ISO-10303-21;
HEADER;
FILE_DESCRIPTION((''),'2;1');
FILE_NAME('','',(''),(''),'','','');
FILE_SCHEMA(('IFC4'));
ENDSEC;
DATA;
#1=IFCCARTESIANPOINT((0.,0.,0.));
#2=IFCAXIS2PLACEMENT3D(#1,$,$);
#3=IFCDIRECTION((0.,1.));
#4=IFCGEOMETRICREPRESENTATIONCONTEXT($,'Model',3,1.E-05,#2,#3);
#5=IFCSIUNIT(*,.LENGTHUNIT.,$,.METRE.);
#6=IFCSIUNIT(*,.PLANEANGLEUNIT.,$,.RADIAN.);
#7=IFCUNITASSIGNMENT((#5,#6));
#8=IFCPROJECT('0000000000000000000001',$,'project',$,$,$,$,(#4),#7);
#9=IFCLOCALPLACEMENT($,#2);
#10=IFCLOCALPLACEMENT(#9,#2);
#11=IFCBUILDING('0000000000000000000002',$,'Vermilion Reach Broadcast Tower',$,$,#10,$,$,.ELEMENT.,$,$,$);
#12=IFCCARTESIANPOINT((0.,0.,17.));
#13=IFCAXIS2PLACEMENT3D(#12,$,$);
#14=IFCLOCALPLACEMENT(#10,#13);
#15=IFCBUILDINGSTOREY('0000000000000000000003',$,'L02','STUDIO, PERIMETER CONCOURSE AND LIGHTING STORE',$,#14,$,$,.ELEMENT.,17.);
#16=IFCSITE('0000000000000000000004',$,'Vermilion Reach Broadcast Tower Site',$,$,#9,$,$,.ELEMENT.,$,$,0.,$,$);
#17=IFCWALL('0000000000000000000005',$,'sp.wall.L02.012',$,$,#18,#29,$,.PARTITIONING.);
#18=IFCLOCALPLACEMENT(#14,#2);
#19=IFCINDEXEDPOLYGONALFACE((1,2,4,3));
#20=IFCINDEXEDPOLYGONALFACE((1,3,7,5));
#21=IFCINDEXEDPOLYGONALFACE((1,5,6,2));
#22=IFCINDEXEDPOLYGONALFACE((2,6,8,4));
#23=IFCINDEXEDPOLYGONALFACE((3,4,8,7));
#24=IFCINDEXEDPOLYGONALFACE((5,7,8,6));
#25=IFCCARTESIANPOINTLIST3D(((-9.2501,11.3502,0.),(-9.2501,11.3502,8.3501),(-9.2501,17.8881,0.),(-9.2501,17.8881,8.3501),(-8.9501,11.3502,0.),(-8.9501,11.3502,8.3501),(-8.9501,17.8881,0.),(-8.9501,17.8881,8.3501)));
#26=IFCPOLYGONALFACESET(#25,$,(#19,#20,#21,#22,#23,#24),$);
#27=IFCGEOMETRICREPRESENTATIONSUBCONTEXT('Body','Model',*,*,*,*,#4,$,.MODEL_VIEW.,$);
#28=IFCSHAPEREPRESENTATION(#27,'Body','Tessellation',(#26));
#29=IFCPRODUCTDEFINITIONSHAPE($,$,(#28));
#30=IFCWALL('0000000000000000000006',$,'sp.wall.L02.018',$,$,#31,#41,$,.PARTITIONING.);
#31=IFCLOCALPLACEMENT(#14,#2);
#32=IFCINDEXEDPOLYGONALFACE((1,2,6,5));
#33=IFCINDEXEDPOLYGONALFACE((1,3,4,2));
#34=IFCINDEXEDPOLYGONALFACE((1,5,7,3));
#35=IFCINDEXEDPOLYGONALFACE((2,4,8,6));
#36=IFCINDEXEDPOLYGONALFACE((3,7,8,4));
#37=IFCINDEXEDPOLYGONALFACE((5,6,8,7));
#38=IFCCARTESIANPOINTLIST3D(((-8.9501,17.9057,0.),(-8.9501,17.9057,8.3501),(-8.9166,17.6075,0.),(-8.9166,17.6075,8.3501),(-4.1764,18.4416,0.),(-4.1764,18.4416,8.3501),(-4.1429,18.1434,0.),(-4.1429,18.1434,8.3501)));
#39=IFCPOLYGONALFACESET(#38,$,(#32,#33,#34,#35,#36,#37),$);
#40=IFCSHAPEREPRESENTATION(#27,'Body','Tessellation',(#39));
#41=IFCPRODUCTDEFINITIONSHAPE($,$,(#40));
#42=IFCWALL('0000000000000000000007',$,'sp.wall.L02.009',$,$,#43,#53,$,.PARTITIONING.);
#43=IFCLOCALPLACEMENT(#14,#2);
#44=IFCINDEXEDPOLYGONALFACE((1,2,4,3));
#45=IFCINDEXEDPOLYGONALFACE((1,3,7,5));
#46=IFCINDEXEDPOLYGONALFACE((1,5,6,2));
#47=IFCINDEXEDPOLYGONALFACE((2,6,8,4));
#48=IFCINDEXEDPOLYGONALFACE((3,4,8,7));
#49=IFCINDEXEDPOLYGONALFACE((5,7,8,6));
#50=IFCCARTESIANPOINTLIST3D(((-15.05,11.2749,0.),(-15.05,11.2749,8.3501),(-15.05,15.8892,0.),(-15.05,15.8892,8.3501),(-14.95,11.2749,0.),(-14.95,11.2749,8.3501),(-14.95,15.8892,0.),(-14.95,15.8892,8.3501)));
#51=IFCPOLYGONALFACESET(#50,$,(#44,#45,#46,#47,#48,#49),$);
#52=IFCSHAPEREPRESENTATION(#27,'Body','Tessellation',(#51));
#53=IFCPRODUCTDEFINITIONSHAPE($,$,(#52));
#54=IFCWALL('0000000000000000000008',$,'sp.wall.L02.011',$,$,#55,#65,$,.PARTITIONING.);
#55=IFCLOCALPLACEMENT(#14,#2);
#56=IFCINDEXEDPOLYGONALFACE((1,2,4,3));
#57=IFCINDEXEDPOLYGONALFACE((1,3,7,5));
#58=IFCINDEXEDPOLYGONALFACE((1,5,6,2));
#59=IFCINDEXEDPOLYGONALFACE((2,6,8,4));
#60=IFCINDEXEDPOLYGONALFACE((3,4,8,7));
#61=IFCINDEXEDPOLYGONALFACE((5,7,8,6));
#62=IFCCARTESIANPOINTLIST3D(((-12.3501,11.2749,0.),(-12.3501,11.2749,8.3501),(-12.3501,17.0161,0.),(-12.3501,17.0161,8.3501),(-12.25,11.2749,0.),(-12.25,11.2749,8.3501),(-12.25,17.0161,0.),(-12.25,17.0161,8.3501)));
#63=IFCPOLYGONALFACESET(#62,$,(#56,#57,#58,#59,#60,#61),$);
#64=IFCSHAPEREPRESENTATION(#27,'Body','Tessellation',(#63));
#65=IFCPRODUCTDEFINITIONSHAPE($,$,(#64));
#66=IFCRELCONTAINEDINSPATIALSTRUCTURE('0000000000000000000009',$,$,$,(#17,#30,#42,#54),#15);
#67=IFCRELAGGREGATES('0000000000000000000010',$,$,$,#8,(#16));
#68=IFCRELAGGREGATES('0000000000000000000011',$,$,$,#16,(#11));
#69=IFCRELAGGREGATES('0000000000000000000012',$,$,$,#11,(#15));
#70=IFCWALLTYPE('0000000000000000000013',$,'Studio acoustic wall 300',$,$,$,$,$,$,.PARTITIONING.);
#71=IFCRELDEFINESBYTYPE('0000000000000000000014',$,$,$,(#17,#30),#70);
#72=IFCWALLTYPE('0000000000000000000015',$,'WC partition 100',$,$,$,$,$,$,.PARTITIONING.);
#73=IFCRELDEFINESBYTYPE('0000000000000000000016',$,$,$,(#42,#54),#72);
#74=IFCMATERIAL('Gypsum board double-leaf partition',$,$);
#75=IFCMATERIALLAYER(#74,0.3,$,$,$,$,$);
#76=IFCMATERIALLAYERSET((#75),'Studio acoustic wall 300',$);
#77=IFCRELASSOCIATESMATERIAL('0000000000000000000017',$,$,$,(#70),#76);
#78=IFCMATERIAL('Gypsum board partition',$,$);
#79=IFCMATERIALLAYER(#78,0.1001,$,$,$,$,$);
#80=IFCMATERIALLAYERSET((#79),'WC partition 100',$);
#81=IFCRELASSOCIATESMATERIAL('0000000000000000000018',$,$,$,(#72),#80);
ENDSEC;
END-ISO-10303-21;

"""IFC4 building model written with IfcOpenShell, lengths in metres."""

from ifc_helpers import new_model, si_unit, direction, frame, frame_2d, origin, place, context, subcontext, project, spatial, rectangle, extrude, material, layer, layer_set, type_object, element, save


model = new_model("IFC4")

# Units and contexts
model_context = context("Model", 3, precision=1e-05, world=origin(), true_north=direction((0.0, 1.0)))
body_context = subcontext(model_context, "Body", "Model", "MODEL_VIEW")
ifc_project = project(units=[si_unit("LENGTHUNIT", "METRE"), si_unit("PLANEANGLEUNIT", "RADIAN")], contexts=[model_context])

# Site, building, storey
site_placement = place(None, origin())
site = spatial("IfcSite", under=ifc_project, at=site_placement, Name="Vermilion Reach Broadcast Tower Site", CompositionType="ELEMENT", RefElevation=0.0)
building_placement = place(site_placement, origin())
building = spatial("IfcBuilding", under=site, at=building_placement, Name="Vermilion Reach Broadcast Tower", CompositionType="ELEMENT")
storey_placement = place(building_placement, frame((0.0, 0.0, 17.0)))
storey = spatial("IfcBuildingStorey", under=building, at=storey_placement, Name="L02", Description="STUDIO, PERIMETER CONCOURSE AND LIGHTING STORE", CompositionType="ELEMENT", Elevation=17.0)

# Walls
ifc_material_1 = material(Name="Gypsum board double-leaf partition")
ifc_layer_1 = layer(ifc_material_1, 0.3)
ifc_layer_set_1 = layer_set([ifc_layer_1], Name="Studio acoustic wall 300")
wall_type_1 = type_object("IfcWallType", Name="Studio acoustic wall 300", PredefinedType="PARTITIONING", material=ifc_layer_set_1)
wall_1_placement = place(storey_placement, frame((-9.1001, 11.3501, 0.0), z_axis=(0.0, 0.0, 1.0), x_axis=(0.0, 1.0, 0.0)))
element("IfcWall", 1, at=wall_1_placement, inside=storey, type_object=wall_type_1, Name="sp.wall.L02.012", PredefinedType="PARTITIONING", context=body_context, shape_type="SweptSolid", body=[
    extrude(rectangle(XDim=6.5378, YDim=0.3, at=frame_2d((3.269, 0.0))), origin(), (0.0, 0.0, 1.0), 8.3501),
])
wall_2_placement = place(storey_placement, frame((-8.9333, 17.7566, 0.0), z_axis=(0.0, 0.0, 1.0), x_axis=(0.993758, 0.111558, 0.0)))
element("IfcWall", 2, at=wall_2_placement, inside=storey, type_object=wall_type_1, Name="sp.wall.L02.018", PredefinedType="PARTITIONING", context=body_context, shape_type="SweptSolid", body=[
    extrude(rectangle(XDim=4.8037, YDim=0.3, at=frame_2d((2.4019, 0.0))), origin(), (0.0, 0.0, 1.0), 8.3501),
])
ifc_material_2 = material(Name="Gypsum board partition")
ifc_layer_2 = layer(ifc_material_2, 0.1001)
ifc_layer_set_2 = layer_set([ifc_layer_2], Name="WC partition 100")
wall_type_2 = type_object("IfcWallType", Name="WC partition 100", PredefinedType="PARTITIONING", material=ifc_layer_set_2)
wall_3_placement = place(storey_placement, frame((-15.0, 11.2749, 0.0), z_axis=(0.0, 0.0, 1.0), x_axis=(0.0, 1.0, 0.0)))
element("IfcWall", 3, at=wall_3_placement, inside=storey, type_object=wall_type_2, Name="sp.wall.L02.009", PredefinedType="PARTITIONING", context=body_context, shape_type="SweptSolid", body=[
    extrude(rectangle(XDim=4.6143, YDim=0.1001, at=frame_2d((2.3071, 0.0))), origin(), (0.0, 0.0, 1.0), 8.3501),
])
wall_4_placement = place(storey_placement, frame((-12.3, 11.2749, 0.0), z_axis=(0.0, 0.0, 1.0), x_axis=(0.0, 1.0, 0.0)))
element("IfcWall", 4, at=wall_4_placement, inside=storey, type_object=wall_type_2, Name="sp.wall.L02.011", PredefinedType="PARTITIONING", context=body_context, shape_type="SweptSolid", body=[
    extrude(rectangle(XDim=5.7412, YDim=0.1001, at=frame_2d((2.8706, 0.0))), origin(), (0.0, 0.0, 1.0), 8.3501),
])

save(model, "model.ifc")
